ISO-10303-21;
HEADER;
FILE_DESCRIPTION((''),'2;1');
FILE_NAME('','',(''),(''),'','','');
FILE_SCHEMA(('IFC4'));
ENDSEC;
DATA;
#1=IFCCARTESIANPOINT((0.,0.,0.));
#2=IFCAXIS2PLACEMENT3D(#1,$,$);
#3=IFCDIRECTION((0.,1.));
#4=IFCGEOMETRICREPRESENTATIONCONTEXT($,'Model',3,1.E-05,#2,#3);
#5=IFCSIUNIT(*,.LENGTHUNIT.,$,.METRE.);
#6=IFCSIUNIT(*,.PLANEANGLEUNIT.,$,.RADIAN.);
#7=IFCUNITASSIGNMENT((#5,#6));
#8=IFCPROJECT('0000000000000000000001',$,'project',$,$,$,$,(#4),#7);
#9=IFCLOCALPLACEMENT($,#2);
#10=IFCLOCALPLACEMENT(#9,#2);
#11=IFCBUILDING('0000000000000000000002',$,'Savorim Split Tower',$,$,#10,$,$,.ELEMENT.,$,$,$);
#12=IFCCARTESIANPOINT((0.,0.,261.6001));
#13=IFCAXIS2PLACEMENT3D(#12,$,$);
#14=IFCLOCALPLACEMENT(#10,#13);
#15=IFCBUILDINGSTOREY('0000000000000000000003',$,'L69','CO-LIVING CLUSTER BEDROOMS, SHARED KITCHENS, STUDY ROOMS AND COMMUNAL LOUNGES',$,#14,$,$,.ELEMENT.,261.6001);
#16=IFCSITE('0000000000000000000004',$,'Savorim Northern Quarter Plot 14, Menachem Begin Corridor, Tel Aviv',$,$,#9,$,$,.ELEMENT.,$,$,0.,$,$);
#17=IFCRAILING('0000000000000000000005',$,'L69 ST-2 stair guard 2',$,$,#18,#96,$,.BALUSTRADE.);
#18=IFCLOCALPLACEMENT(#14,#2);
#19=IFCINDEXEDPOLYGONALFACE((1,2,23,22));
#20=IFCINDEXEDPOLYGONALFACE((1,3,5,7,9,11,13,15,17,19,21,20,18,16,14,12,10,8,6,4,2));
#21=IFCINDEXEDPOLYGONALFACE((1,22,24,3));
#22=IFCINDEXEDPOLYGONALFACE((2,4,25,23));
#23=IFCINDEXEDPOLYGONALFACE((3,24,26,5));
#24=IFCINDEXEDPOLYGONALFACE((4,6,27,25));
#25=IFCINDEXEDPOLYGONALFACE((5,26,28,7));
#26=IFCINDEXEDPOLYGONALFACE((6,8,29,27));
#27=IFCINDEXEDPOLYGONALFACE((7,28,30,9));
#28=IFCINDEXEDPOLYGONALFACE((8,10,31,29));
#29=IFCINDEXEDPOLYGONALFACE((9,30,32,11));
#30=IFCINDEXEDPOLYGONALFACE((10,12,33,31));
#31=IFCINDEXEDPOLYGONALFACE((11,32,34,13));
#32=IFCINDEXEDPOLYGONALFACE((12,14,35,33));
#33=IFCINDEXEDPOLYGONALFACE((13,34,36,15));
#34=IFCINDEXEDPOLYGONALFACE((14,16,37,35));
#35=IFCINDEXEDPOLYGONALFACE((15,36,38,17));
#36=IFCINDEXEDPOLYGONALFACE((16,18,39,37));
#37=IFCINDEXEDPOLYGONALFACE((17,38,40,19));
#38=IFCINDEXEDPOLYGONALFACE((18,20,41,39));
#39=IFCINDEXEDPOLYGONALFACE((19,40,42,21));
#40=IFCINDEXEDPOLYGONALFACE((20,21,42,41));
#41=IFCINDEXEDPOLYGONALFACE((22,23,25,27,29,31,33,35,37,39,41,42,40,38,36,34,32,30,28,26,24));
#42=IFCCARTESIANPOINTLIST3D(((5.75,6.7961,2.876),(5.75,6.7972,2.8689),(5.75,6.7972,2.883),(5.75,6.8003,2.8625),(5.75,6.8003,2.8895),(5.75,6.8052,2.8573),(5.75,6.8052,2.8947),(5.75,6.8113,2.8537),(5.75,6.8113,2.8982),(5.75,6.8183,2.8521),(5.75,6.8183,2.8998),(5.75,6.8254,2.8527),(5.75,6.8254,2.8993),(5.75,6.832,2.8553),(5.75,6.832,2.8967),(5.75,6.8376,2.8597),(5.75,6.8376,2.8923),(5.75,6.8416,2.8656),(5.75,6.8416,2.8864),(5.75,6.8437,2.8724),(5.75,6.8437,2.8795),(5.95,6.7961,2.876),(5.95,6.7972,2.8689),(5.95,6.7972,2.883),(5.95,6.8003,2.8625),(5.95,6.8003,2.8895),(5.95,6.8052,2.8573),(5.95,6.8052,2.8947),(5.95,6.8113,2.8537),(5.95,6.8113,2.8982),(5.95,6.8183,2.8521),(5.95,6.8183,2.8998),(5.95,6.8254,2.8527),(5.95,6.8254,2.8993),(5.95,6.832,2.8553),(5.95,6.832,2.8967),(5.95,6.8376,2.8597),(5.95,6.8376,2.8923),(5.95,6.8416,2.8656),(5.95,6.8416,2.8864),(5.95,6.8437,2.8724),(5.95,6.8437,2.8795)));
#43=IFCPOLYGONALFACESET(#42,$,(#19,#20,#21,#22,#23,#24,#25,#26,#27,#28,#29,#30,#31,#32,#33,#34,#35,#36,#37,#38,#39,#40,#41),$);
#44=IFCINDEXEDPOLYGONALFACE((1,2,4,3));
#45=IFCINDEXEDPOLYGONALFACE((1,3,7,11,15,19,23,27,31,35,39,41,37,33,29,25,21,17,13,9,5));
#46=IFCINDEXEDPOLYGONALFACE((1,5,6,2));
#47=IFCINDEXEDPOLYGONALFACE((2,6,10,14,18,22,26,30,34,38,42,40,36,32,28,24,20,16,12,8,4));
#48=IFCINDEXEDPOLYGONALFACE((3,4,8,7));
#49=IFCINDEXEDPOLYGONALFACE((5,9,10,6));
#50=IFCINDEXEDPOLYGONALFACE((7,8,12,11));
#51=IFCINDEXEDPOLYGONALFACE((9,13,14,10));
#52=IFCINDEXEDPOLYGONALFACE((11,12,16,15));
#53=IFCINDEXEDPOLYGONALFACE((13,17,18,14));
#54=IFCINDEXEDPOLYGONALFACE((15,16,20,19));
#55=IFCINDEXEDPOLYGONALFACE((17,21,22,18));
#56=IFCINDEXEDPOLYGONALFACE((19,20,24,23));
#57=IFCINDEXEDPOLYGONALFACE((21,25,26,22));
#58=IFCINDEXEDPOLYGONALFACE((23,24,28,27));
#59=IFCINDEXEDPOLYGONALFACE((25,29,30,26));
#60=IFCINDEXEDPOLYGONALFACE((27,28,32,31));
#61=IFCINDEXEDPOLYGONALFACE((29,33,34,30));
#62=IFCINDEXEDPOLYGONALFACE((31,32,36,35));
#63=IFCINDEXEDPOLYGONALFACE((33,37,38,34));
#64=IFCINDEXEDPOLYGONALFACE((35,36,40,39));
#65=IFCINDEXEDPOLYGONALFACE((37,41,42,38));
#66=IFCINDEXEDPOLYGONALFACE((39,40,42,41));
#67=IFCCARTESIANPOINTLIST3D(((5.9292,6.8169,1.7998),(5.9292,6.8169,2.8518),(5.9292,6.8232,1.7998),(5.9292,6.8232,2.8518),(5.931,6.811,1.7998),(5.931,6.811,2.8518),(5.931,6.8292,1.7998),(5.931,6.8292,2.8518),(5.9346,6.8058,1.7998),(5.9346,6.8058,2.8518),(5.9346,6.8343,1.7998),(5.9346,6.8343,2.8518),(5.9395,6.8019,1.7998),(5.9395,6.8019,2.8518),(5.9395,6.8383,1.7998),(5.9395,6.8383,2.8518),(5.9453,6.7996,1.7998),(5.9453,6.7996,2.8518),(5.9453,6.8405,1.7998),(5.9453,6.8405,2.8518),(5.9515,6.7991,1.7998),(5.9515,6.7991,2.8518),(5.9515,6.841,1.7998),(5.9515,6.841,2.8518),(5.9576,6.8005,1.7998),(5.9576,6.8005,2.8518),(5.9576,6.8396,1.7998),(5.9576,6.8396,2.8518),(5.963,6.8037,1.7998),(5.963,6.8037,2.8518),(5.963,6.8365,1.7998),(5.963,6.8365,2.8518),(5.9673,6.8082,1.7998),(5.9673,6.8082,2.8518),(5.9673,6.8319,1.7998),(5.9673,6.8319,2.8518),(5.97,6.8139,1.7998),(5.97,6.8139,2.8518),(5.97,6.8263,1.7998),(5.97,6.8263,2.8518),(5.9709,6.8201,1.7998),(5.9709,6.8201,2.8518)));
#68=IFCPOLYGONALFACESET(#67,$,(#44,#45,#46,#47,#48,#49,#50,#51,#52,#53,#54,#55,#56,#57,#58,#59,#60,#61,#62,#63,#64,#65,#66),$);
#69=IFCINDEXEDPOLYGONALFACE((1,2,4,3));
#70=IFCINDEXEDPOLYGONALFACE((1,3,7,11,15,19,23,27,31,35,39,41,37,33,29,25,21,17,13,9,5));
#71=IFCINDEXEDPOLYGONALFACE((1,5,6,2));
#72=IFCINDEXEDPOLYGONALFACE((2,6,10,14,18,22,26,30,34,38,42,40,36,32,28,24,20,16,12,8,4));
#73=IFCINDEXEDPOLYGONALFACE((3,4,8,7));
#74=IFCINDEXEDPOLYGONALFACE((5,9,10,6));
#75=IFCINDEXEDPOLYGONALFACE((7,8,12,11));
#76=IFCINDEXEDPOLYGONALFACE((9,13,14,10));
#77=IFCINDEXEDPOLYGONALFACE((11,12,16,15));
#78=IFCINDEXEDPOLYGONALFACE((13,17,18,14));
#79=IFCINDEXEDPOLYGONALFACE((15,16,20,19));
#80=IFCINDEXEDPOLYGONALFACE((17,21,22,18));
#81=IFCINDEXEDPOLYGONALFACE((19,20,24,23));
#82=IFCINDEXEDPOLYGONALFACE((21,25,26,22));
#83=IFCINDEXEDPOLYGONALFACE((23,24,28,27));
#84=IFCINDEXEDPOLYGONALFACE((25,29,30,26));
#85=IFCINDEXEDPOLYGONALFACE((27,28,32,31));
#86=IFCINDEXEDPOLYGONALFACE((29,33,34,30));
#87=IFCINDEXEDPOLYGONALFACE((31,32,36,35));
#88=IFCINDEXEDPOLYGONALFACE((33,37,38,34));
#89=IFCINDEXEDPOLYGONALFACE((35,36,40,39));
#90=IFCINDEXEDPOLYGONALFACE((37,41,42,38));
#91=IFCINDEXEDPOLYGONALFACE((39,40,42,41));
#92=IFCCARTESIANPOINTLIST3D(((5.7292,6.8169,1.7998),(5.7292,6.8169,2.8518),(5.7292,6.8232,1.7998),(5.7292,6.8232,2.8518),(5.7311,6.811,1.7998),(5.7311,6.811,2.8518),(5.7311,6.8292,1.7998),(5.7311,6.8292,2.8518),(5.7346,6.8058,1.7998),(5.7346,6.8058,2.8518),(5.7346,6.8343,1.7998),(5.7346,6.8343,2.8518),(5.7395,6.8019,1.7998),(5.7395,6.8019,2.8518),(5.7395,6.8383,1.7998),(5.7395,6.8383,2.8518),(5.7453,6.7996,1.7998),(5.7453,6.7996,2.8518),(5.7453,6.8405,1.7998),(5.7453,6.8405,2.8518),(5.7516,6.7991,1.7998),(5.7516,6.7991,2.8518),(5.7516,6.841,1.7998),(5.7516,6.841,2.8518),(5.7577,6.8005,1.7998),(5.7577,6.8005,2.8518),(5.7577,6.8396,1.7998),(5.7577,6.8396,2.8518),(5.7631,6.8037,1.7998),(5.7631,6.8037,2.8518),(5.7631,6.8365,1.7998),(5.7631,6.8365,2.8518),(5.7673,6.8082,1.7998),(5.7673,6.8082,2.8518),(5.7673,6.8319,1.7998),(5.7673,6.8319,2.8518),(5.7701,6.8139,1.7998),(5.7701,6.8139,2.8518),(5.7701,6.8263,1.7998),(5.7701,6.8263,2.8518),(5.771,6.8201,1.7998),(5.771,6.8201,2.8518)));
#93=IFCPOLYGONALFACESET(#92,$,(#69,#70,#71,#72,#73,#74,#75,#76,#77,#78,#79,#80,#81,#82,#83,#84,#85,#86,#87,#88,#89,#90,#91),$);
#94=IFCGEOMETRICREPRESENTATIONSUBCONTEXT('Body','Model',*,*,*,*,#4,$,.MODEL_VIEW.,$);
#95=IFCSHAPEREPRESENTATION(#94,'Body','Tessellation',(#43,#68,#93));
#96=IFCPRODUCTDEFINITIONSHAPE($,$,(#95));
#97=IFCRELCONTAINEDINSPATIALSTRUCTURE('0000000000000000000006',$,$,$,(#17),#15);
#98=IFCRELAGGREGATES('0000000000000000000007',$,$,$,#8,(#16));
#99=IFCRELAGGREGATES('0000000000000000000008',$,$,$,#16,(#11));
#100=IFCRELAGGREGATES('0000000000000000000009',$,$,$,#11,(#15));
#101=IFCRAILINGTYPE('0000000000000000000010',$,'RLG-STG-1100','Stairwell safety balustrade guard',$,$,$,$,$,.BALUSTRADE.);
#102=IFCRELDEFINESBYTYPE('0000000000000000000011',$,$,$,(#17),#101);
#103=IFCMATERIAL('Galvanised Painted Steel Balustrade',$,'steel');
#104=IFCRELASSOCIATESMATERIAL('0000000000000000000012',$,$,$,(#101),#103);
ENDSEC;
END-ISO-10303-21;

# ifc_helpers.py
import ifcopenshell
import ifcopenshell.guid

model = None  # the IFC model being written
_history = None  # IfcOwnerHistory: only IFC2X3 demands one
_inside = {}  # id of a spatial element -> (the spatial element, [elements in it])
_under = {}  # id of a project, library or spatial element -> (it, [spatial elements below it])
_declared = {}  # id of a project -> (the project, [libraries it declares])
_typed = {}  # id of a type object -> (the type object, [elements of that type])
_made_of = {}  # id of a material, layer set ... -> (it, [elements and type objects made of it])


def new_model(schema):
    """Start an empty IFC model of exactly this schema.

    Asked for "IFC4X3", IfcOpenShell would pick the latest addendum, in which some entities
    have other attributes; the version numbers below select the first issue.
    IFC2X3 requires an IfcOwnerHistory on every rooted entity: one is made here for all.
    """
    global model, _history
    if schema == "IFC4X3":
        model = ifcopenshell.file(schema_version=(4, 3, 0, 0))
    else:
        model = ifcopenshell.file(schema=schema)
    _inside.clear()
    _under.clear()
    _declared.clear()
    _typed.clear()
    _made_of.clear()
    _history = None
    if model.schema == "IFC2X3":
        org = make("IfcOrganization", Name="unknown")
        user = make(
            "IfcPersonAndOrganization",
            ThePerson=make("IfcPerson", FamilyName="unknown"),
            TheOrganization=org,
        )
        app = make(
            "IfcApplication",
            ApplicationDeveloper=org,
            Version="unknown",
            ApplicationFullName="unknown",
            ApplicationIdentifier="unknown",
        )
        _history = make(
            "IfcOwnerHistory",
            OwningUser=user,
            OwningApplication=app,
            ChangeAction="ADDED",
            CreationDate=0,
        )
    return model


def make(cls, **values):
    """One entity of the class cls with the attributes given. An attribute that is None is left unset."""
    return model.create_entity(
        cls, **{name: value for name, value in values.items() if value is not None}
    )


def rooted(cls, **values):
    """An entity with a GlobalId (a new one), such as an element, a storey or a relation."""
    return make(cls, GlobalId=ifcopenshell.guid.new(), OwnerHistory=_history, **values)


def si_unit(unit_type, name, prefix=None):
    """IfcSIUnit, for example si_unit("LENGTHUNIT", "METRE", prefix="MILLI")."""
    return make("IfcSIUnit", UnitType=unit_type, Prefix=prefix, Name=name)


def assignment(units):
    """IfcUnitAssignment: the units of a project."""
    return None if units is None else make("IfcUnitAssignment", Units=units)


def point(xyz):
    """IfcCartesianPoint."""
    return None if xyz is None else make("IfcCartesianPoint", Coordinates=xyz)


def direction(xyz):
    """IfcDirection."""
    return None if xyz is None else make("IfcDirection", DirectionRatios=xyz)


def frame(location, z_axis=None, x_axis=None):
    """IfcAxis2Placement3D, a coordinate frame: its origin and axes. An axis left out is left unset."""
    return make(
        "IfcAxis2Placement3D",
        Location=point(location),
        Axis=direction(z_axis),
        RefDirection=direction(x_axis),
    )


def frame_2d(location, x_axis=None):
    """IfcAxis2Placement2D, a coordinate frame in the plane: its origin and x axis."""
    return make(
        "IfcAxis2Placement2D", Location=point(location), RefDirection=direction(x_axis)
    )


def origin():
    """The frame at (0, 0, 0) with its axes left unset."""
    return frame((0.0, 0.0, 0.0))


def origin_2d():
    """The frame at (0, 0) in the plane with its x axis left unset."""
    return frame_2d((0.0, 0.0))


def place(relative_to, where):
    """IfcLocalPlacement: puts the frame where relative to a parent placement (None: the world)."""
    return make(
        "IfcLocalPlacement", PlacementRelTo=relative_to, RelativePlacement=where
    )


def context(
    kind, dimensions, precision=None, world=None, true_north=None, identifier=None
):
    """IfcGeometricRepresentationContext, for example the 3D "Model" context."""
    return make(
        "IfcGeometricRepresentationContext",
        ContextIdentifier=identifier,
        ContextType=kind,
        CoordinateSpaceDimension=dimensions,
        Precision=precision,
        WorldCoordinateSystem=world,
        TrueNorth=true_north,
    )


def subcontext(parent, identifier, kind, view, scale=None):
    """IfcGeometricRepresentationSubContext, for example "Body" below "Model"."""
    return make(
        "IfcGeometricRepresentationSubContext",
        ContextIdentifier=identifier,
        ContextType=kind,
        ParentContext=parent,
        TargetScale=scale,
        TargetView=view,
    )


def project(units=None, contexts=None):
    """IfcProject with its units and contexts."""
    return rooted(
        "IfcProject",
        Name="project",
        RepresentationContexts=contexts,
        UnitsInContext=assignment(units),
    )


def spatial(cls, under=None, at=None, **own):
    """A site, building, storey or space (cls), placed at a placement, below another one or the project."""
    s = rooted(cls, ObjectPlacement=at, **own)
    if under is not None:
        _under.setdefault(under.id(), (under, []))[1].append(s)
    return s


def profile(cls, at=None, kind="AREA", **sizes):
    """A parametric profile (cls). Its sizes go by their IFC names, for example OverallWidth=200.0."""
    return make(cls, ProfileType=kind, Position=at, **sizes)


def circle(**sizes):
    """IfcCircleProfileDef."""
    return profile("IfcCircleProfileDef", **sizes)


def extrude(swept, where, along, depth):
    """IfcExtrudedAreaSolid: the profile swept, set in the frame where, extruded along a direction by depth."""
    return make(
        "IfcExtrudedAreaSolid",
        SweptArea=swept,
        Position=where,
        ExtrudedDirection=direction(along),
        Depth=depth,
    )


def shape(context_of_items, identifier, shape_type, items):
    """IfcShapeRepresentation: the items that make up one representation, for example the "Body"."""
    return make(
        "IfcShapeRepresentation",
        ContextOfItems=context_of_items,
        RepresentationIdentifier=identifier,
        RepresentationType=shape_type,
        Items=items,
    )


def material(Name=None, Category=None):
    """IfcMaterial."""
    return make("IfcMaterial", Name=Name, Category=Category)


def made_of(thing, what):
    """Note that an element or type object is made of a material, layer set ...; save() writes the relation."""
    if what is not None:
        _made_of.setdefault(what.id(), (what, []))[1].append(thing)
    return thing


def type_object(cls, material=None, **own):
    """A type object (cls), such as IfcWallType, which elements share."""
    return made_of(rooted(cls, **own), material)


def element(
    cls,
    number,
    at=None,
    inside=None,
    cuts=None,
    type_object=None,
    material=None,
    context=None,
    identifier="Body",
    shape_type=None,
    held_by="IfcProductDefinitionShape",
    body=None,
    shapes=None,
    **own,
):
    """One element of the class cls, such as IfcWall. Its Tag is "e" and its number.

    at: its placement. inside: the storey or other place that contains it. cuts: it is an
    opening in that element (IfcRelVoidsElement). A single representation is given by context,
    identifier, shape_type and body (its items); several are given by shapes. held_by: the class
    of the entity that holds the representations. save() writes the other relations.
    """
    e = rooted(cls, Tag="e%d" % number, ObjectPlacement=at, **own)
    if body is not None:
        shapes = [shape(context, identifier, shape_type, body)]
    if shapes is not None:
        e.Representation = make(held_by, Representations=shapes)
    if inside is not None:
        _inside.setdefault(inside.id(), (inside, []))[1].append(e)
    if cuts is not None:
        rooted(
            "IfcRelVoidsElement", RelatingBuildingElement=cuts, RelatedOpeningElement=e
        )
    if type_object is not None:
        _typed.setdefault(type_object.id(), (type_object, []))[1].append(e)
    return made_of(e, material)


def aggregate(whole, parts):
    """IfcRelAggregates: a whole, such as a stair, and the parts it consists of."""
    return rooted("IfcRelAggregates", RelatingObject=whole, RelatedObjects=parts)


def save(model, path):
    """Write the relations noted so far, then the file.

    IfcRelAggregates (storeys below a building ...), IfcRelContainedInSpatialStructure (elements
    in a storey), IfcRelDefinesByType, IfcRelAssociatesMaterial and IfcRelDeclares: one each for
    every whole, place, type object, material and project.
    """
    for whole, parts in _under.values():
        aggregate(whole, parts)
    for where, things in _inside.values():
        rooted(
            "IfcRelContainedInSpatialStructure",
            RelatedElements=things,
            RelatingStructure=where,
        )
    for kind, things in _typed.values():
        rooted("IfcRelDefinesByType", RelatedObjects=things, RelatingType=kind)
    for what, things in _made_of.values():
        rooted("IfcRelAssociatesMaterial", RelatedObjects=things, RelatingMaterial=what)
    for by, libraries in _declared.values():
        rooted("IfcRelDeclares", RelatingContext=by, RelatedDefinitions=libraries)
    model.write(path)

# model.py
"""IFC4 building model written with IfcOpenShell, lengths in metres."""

from ifc_helpers import new_model, si_unit, direction, frame, origin, origin_2d, place, context, subcontext, project, spatial, circle, extrude, material, type_object, element, save


model = new_model("IFC4")

# Units and contexts
model_context = context("Model", 3, precision=1e-05, world=origin(), true_north=direction((0.0, 1.0)))
body_context = subcontext(model_context, "Body", "Model", "MODEL_VIEW")
ifc_project = project(units=[si_unit("LENGTHUNIT", "METRE"), si_unit("PLANEANGLEUNIT", "RADIAN")], contexts=[model_context])

# Site, building, storey
site_placement = place(None, origin())
site = spatial("IfcSite", under=ifc_project, at=site_placement, Name="Savorim Northern Quarter Plot 14, Menachem Begin Corridor, Tel Aviv", CompositionType="ELEMENT", RefElevation=0.0)
building_placement = place(site_placement, origin())
building = spatial("IfcBuilding", under=site, at=building_placement, Name="Savorim Split Tower", CompositionType="ELEMENT")
storey_placement = place(building_placement, frame((0.0, 0.0, 261.6001)))
storey = spatial("IfcBuildingStorey", under=building, at=storey_placement, Name="L69", Description="CO-LIVING CLUSTER BEDROOMS, SHARED KITCHENS, STUDY ROOMS AND COMMUNAL LOUNGES", CompositionType="ELEMENT", Elevation=261.6001)

# Railing
ifc_material_1 = material(Name="Galvanised Painted Steel Balustrade", Category="steel")
railing_type_1 = type_object("IfcRailingType", Name="RLG-STG-1100", Description="Stairwell safety balustrade guard", PredefinedType="BALUSTRADE", material=ifc_material_1)
railing_1_placement = place(storey_placement, frame((5.95, 6.8201, 1.7998)))
element("IfcRailing", 1, at=railing_1_placement, inside=storey, type_object=railing_type_1, Name="L69 ST-2 stair guard 2", PredefinedType="BALUSTRADE", context=body_context, shape_type="SweptSolid", body=[
    extrude(circle(Radius=0.0239, at=origin_2d()), frame((0.0, 0.0, 1.0762), z_axis=(-1.0, 0.0, 0.0), x_axis=(0.0, -1.0, 0.0)), (0.0, 0.0, 1.0), 0.2),
    extrude(circle(Radius=0.021, at=origin_2d()), origin(), (0.0, 0.0, 1.0), 1.052),
    extrude(circle(Radius=0.021, at=origin_2d()), frame((-0.2, 0.0, 0.0)), (0.0, 0.0, 1.0), 1.052),
])

save(model, "model.ifc")
